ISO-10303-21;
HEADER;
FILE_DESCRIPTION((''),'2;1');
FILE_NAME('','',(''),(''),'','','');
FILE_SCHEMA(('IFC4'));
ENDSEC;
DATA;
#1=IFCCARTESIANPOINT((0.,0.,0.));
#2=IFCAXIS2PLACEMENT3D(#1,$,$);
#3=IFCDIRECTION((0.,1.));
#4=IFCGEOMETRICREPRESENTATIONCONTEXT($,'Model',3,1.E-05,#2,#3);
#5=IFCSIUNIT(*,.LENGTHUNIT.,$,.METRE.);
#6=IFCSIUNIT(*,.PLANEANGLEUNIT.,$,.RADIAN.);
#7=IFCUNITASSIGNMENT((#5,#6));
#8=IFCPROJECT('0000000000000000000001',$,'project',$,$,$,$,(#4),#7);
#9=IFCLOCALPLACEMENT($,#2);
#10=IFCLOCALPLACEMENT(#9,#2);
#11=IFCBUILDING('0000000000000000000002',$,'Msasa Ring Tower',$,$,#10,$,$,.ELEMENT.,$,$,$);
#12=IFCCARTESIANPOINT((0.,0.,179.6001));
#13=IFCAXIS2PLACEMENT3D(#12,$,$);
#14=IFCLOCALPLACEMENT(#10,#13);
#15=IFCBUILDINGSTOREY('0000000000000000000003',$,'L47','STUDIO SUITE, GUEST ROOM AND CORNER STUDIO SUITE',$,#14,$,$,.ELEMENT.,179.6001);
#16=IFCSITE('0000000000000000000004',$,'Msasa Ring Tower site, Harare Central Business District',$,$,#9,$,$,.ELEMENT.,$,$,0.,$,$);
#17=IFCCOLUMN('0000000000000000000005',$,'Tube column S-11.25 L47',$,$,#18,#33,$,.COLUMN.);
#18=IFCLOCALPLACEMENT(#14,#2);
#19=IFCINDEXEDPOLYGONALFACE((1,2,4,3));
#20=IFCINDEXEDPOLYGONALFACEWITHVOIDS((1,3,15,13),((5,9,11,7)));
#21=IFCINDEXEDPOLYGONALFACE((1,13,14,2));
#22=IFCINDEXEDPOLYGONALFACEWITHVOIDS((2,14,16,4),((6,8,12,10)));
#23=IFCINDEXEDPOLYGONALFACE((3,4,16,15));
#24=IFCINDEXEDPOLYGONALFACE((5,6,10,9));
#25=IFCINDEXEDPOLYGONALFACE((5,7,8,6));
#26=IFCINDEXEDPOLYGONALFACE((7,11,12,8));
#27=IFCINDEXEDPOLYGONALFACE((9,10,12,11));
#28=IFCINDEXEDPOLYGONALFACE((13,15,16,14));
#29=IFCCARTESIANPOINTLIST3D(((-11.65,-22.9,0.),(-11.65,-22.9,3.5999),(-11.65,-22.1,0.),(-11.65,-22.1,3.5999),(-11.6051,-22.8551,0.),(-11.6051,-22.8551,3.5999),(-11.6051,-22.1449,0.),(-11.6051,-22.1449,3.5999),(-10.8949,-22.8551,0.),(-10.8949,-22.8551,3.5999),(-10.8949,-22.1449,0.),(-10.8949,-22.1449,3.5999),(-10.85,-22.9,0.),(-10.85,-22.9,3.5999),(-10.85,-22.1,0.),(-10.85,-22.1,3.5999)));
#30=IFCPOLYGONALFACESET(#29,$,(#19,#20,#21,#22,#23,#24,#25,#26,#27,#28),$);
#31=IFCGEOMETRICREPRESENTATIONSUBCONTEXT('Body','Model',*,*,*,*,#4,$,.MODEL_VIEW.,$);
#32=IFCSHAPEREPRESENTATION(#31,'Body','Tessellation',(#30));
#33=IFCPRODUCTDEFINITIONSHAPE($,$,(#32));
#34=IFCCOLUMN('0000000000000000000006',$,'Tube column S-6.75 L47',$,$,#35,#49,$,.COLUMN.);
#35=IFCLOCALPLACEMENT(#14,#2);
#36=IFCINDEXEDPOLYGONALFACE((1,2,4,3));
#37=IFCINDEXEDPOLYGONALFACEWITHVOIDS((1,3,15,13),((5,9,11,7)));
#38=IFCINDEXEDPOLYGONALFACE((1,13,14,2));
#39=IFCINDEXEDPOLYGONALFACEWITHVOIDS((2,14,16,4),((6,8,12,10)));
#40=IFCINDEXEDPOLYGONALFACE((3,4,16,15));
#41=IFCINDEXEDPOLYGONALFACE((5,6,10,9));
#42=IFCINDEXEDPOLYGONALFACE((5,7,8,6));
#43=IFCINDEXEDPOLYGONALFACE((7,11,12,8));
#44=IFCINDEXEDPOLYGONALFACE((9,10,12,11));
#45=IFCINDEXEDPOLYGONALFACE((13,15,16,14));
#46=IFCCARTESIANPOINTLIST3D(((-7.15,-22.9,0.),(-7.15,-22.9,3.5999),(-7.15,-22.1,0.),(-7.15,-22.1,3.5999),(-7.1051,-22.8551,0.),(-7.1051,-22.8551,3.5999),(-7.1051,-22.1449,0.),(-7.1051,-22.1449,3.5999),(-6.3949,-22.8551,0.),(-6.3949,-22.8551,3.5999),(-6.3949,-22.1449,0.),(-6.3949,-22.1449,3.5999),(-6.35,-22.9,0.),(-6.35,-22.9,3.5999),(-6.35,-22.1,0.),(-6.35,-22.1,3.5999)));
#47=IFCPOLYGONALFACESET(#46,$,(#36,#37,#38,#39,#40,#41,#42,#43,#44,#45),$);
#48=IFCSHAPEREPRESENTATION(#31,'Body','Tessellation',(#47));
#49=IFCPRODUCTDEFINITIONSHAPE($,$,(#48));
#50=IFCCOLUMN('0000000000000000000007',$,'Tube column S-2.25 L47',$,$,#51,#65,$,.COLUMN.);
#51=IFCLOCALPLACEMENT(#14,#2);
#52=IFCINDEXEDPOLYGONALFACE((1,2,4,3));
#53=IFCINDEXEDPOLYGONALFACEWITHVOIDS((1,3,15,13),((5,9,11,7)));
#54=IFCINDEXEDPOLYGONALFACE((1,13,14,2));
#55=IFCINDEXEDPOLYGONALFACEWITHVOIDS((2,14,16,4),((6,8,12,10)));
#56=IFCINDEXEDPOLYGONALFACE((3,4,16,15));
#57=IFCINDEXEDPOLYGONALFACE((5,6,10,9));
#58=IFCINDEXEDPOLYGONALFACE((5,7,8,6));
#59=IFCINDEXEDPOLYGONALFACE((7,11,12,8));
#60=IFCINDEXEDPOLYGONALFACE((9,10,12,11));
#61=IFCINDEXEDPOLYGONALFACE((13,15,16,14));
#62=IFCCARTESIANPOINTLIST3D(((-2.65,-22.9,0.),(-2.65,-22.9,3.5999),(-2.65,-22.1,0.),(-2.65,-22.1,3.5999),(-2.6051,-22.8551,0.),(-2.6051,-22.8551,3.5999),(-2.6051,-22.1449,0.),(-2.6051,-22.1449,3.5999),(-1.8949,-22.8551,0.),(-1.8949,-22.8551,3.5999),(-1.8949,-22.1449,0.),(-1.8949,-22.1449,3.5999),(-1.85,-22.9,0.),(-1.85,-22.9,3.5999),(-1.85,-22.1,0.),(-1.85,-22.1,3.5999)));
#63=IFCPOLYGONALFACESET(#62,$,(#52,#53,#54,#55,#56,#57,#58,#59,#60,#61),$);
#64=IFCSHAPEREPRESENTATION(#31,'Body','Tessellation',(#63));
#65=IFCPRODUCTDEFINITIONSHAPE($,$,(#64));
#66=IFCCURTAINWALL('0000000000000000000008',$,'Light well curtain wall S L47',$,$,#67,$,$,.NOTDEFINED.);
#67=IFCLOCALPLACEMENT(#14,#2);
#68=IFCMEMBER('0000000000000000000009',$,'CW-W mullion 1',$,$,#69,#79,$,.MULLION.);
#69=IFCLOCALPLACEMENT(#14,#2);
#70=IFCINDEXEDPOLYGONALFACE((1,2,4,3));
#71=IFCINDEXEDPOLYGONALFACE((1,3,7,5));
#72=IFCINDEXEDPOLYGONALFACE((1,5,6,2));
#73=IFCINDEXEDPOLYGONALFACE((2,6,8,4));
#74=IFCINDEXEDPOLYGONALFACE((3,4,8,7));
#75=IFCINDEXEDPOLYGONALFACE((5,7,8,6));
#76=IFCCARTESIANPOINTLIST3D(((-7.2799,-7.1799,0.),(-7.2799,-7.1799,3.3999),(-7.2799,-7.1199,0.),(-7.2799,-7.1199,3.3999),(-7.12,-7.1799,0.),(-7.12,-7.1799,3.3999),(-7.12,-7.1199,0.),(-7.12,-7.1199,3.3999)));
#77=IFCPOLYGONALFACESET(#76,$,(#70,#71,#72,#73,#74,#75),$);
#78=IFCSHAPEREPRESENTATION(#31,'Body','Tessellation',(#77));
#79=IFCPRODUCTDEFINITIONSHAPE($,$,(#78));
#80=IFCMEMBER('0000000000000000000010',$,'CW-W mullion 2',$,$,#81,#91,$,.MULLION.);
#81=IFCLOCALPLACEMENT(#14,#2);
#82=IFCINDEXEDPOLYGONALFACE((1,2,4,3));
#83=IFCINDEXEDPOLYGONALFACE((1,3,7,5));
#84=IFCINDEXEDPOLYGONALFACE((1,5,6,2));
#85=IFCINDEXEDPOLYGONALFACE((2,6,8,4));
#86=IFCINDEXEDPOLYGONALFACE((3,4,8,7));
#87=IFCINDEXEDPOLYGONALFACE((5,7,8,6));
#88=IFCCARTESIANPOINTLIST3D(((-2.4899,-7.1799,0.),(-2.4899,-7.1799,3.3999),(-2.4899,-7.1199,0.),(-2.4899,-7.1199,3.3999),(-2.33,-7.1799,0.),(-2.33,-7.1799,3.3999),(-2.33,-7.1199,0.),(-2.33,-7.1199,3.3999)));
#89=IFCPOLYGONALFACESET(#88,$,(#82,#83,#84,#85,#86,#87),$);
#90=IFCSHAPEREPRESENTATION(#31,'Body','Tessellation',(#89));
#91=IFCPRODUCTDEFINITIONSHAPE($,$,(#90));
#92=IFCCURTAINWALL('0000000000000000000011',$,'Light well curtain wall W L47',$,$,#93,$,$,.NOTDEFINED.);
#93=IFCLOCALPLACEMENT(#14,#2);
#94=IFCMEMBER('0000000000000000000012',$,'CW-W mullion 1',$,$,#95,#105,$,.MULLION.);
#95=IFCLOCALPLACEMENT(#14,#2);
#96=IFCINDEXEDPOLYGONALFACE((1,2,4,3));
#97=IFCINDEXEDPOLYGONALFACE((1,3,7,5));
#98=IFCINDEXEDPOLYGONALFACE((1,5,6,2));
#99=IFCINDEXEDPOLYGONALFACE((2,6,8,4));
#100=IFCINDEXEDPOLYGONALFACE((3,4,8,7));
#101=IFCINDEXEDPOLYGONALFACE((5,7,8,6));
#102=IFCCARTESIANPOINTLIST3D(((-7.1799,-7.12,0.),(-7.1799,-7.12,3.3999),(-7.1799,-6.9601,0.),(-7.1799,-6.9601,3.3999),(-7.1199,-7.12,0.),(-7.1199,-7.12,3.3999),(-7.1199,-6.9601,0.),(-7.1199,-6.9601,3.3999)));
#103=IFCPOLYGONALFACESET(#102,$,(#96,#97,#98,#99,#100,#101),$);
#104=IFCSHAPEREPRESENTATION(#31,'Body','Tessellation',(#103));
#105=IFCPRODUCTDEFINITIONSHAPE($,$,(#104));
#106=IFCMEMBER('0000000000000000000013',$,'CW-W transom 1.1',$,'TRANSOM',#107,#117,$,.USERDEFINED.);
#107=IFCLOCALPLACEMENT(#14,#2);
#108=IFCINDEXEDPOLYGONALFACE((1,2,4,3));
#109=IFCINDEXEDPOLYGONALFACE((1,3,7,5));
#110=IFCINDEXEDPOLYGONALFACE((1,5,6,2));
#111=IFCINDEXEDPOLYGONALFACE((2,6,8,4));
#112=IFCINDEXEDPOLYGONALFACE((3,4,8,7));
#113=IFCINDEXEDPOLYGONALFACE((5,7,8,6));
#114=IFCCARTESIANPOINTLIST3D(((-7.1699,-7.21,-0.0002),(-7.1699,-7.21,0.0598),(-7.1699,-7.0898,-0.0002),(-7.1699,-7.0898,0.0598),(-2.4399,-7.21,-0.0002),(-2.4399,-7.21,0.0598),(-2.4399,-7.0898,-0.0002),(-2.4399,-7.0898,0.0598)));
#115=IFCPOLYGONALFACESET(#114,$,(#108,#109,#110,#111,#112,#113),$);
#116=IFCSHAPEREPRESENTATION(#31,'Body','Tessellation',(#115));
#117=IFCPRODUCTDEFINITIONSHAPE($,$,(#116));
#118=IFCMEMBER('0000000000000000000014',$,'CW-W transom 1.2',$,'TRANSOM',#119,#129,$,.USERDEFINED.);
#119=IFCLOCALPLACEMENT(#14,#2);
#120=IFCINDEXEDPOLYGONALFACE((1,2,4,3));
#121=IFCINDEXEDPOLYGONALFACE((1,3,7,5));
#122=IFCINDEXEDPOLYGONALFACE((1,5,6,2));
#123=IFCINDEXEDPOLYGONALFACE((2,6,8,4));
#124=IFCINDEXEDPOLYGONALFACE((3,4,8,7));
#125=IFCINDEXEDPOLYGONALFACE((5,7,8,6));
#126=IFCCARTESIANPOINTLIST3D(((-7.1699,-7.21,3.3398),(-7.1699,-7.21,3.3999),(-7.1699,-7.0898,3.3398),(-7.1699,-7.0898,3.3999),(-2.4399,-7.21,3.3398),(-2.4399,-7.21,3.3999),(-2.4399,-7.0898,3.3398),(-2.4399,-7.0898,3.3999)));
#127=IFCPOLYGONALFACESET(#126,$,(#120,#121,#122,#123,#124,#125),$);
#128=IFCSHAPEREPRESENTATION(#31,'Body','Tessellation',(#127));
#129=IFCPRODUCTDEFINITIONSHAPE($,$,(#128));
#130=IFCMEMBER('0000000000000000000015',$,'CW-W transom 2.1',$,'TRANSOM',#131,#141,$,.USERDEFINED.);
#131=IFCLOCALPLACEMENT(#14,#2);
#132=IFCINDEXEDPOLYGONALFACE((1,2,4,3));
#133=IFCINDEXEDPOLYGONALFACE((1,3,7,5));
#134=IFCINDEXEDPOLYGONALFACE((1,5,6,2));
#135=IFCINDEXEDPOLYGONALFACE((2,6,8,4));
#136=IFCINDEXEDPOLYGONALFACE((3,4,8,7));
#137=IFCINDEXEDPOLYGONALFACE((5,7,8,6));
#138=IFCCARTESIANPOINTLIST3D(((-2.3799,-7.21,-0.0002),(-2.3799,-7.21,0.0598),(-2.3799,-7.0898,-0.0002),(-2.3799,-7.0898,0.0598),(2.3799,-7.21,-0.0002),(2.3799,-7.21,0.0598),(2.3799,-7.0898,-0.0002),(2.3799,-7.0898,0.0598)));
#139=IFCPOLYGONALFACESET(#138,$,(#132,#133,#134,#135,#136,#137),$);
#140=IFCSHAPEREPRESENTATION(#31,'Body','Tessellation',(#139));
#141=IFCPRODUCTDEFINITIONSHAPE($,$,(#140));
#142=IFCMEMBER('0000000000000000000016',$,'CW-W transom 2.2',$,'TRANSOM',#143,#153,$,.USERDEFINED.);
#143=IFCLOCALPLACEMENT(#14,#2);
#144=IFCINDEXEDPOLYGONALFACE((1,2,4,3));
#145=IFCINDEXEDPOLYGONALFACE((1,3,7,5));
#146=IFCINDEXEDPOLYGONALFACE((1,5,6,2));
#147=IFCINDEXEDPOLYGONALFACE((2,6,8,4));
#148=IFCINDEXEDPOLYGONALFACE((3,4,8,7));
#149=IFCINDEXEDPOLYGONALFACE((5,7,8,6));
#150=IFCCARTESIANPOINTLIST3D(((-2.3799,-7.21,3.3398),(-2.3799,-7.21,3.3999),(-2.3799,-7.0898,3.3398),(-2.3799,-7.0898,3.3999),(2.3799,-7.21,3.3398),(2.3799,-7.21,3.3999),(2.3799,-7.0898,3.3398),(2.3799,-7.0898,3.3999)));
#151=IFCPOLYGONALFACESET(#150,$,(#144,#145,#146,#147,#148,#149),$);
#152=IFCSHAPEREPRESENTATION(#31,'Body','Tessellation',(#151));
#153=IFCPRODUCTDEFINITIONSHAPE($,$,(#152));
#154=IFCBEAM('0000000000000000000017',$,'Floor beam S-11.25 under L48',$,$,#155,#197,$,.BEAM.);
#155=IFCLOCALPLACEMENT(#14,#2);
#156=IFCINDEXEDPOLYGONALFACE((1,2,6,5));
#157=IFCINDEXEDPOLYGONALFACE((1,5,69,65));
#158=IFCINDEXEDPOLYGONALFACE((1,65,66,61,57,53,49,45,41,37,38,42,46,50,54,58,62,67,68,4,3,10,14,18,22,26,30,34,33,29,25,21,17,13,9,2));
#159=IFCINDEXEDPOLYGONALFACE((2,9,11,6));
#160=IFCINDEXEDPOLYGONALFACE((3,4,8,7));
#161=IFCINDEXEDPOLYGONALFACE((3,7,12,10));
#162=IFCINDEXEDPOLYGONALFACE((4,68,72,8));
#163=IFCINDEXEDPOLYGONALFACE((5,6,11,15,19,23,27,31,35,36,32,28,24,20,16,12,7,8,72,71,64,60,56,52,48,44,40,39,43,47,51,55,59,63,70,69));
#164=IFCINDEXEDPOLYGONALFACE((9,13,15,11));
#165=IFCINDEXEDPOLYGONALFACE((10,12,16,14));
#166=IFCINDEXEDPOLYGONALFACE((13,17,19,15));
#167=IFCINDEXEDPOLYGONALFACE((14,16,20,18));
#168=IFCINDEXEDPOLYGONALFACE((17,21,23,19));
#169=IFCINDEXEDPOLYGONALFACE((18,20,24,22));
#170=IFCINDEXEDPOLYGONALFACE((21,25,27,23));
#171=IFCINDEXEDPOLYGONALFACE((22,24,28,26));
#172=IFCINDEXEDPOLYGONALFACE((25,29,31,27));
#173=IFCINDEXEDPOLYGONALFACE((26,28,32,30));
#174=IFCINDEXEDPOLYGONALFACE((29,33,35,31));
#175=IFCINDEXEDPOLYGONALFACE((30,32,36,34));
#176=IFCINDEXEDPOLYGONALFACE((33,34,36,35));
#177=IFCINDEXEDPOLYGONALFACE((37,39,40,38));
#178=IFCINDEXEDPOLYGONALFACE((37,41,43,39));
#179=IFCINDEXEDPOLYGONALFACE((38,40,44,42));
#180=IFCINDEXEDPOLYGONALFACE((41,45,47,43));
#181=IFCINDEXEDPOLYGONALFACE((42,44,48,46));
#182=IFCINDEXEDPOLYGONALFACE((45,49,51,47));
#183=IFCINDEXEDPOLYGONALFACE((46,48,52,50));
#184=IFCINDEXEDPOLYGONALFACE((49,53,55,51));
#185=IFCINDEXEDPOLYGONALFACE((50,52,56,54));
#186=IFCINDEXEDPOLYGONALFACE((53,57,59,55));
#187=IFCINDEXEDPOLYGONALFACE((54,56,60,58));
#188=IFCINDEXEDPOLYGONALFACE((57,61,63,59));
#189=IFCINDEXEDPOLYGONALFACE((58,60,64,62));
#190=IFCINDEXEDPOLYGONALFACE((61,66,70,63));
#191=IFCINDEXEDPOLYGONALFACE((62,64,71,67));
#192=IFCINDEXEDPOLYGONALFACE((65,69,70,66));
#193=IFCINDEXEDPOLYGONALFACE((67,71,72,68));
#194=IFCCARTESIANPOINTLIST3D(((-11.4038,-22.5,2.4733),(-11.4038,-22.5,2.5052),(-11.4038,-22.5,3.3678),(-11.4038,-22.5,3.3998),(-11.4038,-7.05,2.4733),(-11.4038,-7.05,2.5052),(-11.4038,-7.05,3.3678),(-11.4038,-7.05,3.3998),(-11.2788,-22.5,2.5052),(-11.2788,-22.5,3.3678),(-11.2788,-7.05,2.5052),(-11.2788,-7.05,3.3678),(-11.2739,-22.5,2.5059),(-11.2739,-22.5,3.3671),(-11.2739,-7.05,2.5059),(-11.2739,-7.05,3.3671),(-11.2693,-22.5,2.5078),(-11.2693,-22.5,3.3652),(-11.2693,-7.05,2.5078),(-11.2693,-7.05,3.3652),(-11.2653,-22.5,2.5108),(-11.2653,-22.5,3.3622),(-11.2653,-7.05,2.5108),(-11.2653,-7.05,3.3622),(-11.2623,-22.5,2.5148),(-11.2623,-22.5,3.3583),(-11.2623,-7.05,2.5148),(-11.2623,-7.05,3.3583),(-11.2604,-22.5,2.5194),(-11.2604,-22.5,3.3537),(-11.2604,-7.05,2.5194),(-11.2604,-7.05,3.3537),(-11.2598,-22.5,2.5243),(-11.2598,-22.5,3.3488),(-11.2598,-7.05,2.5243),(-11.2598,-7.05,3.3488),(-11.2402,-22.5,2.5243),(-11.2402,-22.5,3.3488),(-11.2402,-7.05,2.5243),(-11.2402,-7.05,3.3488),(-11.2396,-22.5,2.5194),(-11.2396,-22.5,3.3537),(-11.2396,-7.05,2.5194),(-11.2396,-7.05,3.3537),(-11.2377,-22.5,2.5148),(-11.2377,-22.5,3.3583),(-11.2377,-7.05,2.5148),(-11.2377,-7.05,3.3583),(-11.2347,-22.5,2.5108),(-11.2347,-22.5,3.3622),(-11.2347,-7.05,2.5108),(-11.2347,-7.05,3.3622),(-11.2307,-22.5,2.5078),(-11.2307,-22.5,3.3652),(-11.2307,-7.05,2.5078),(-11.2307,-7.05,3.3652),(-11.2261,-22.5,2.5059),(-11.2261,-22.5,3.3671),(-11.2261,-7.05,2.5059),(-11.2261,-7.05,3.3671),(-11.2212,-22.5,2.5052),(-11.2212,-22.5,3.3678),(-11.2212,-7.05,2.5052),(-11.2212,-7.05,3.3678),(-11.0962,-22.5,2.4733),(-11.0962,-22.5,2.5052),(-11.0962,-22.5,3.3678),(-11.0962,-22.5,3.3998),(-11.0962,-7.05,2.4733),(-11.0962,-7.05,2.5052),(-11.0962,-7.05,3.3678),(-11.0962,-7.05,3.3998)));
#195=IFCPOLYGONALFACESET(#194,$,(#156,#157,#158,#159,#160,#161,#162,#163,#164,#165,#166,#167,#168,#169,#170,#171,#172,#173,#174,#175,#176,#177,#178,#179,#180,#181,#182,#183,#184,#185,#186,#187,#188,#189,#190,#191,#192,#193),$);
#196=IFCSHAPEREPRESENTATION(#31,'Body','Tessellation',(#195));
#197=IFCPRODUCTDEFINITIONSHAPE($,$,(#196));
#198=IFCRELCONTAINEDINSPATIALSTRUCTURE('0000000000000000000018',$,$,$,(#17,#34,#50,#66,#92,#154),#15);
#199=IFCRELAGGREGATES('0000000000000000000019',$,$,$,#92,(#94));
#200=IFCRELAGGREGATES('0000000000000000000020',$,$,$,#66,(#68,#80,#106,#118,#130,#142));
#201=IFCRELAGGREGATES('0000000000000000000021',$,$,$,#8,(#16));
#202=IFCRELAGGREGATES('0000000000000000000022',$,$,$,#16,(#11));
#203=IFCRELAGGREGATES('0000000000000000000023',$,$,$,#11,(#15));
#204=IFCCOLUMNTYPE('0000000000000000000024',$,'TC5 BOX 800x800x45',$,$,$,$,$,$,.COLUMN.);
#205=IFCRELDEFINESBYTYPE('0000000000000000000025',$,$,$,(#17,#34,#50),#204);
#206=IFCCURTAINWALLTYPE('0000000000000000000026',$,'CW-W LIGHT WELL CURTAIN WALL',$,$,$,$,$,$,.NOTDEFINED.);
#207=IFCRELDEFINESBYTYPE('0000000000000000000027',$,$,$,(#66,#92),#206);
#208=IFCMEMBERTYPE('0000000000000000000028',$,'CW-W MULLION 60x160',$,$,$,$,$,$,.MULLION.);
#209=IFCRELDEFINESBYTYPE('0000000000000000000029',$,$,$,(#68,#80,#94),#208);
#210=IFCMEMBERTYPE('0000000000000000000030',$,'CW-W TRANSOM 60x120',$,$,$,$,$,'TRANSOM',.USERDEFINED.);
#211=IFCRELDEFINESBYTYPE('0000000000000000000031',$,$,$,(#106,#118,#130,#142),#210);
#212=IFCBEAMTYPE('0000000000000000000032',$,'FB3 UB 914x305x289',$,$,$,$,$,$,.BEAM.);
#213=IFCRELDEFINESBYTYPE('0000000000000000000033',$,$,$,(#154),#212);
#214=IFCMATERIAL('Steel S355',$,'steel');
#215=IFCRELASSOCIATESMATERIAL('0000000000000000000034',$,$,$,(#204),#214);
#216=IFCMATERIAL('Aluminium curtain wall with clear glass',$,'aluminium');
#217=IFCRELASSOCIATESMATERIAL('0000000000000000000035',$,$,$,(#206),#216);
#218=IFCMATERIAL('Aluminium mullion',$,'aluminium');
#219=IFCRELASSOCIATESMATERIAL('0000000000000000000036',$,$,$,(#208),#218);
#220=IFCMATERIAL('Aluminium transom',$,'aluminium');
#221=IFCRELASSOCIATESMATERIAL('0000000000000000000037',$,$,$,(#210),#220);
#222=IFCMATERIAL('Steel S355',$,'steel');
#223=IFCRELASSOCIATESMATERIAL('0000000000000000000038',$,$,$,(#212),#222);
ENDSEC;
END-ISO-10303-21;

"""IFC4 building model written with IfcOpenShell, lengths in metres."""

from ifc_helpers import new_model, si_unit, direction, frame, origin, origin_2d, place, context, subcontext, project, spatial, rectangle, hollow_rectangle, i_section, extrude, material, material_profile, profile_set, type_object, element, aggregate, save


model = new_model("IFC4")

# Units and contexts
model_context = context("Model", 3, precision=1e-05, world=origin(), true_north=direction((0.0, 1.0)))
body_context = subcontext(model_context, "Body", "Model", "MODEL_VIEW")
ifc_project = project(units=[si_unit("LENGTHUNIT", "METRE"), si_unit("PLANEANGLEUNIT", "RADIAN")], contexts=[model_context])

# Site, building, storey
site_placement = place(None, origin())
site = spatial("IfcSite", under=ifc_project, at=site_placement, Name="Msasa Ring Tower site, Harare Central Business District", CompositionType="ELEMENT", RefElevation=0.0)
building_placement = place(site_placement, origin())
building = spatial("IfcBuilding", under=site, at=building_placement, Name="Msasa Ring Tower", CompositionType="ELEMENT")
storey_placement = place(building_placement, frame((0.0, 0.0, 179.6001)))
storey = spatial("IfcBuildingStorey", under=building, at=storey_placement, Name="L47", Description="STUDIO SUITE, GUEST ROOM AND CORNER STUDIO SUITE", CompositionType="ELEMENT", Elevation=179.6001)

# Columns
ifc_material_1 = material(Name="Steel S355", Category="steel")
ifc_material_profile_1 = material_profile(ifc_material_1, hollow_rectangle(XDim=0.8, YDim=0.8, WallThickness=0.0449, at=origin_2d()), Name="BOX 800x800x45")
ifc_profile_set_1 = profile_set([ifc_material_profile_1], Name="Steel S355")
column_type = type_object("IfcColumnType", Name="TC5 BOX 800x800x45", PredefinedType="COLUMN", material=ifc_profile_set_1)
for number, where, z_axis, x_axis, name in (
    (1, (-11.25, -22.5, 0.0), (0.0, 0.0, 1.0), (0.0, 1.0, 0.0), "Tube column S-11.25 L47"),
    (2, (-6.75, -22.5, 0.0), (0.0, 0.0, 1.0), (0.0, 1.0, 0.0), "Tube column S-6.75 L47"),
    (3, (-2.25, -22.5, 0.0), (0.0, 0.0, 1.0), (0.0, 1.0, 0.0), "Tube column S-2.25 L47"),
):
    element("IfcColumn", number, at=place(storey_placement, frame(where, z_axis=z_axis, x_axis=x_axis)), inside=storey, type_object=column_type, Name=name, PredefinedType="COLUMN", context=body_context, shape_type="SweptSolid", body=[
        extrude(hollow_rectangle(XDim=0.8, YDim=0.8, WallThickness=0.0449, at=origin_2d()), origin(), (0.0, 0.0, 1.0), 3.5999),
    ])

# Curtain wall, members
ifc_material_2 = material(Name="Aluminium curtain wall with clear glass", Category="aluminium")
curtain_wall_type = type_object("IfcCurtainWallType", Name="CW-W LIGHT WELL CURTAIN WALL", PredefinedType="NOTDEFINED", material=ifc_material_2)
curtain_wall_1_placement = place(storey_placement, origin())
curtain_wall_1 = element("IfcCurtainWall", 4, at=curtain_wall_1_placement, inside=storey, type_object=curtain_wall_type, Name="Light well curtain wall S L47", PredefinedType="NOTDEFINED")
ifc_material_3 = material(Name="Aluminium mullion", Category="aluminium")
ifc_material_profile_2 = material_profile(ifc_material_3, rectangle(XDim=0.0601, YDim=0.1599, at=origin_2d()), Name="AL 60x160")
ifc_profile_set_2 = profile_set([ifc_material_profile_2], Name="Aluminium mullion")
member_type_1 = type_object("IfcMemberType", Name="CW-W MULLION 60x160", PredefinedType="MULLION", material=ifc_profile_set_2)
member_1_placement = place(storey_placement, frame((-7.2, -7.1499, 0.0), z_axis=(0.0, 0.0, 1.0), x_axis=(0.0, 1.0, 0.0)))
member_1 = element("IfcMember", 5, at=member_1_placement, type_object=member_type_1, Name="CW-W mullion 1", PredefinedType="MULLION", context=body_context, shape_type="SweptSolid", body=[
    extrude(rectangle(XDim=0.0601, YDim=0.1599, at=origin_2d()), origin(), (0.0, 0.0, 1.0), 3.3999),
])
member_2_placement = place(storey_placement, frame((-2.4099, -7.1499, 0.0), z_axis=(0.0, 0.0, 1.0), x_axis=(0.0, 1.0, 0.0)))
member_2 = element("IfcMember", 6, at=member_2_placement, type_object=member_type_1, Name="CW-W mullion 2", PredefinedType="MULLION", context=body_context, shape_type="SweptSolid", body=[
    extrude(rectangle(XDim=0.0601, YDim=0.1599, at=origin_2d()), origin(), (0.0, 0.0, 1.0), 3.3999),
])

# Curtain wall, member
curtain_wall_2_placement = place(storey_placement, origin())
curtain_wall_2 = element("IfcCurtainWall", 7, at=curtain_wall_2_placement, inside=storey, type_object=curtain_wall_type, Name="Light well curtain wall W L47", PredefinedType="NOTDEFINED")
member_3_placement = place(storey_placement, frame((-7.1499, -7.04, 0.0), z_axis=(0.0, 0.0, 1.0), x_axis=(-1.0, 0.0, 0.0)))
member_3 = element("IfcMember", 8, at=member_3_placement, type_object=member_type_1, Name="CW-W mullion 1", PredefinedType="MULLION", context=body_context, shape_type="SweptSolid", body=[
    extrude(rectangle(XDim=0.0601, YDim=0.1599, at=origin_2d()), origin(), (0.0, 0.0, 1.0), 3.3999),
])
aggregate(curtain_wall_2, [member_3])

# Members
ifc_material_4 = material(Name="Aluminium transom", Category="aluminium")
ifc_material_profile_3 = material_profile(ifc_material_4, rectangle(XDim=0.1201, YDim=0.0601, at=origin_2d()), Name="AL 60x120")
ifc_profile_set_3 = profile_set([ifc_material_profile_3], Name="Aluminium transom")
member_type_2 = type_object("IfcMemberType", Name="CW-W TRANSOM 60x120", ElementType="TRANSOM", PredefinedType="USERDEFINED", material=ifc_profile_set_3)
member_4_placement = place(storey_placement, frame((-7.1699, -7.1499, 0.0298), z_axis=(1.0, 0.0, 0.0), x_axis=(0.0, 1.0, 0.0)))
member_4 = element("IfcMember", 9, at=member_4_placement, type_object=member_type_2, Name="CW-W transom 1.1", ObjectType="TRANSOM", PredefinedType="USERDEFINED", context=body_context, shape_type="SweptSolid", body=[
    extrude(rectangle(XDim=0.1201, YDim=0.0601, at=origin_2d()), origin(), (0.0, 0.0, 1.0), 4.73),
])
member_5_placement = place(storey_placement, frame((-7.1699, -7.1499, 3.3699), z_axis=(1.0, 0.0, 0.0), x_axis=(0.0, 1.0, 0.0)))
member_5 = element("IfcMember", 10, at=member_5_placement, type_object=member_type_2, Name="CW-W transom 1.2", ObjectType="TRANSOM", PredefinedType="USERDEFINED", context=body_context, shape_type="SweptSolid", body=[
    extrude(rectangle(XDim=0.1201, YDim=0.0601, at=origin_2d()), origin(), (0.0, 0.0, 1.0), 4.73),
])
member_6_placement = place(storey_placement, frame((-2.3799, -7.1499, 0.0298), z_axis=(1.0, 0.0, 0.0), x_axis=(0.0, 1.0, 0.0)))
member_6 = element("IfcMember", 11, at=member_6_placement, type_object=member_type_2, Name="CW-W transom 2.1", ObjectType="TRANSOM", PredefinedType="USERDEFINED", context=body_context, shape_type="SweptSolid", body=[
    extrude(rectangle(XDim=0.1201, YDim=0.0601, at=origin_2d()), origin(), (0.0, 0.0, 1.0), 4.7598),
])
member_7_placement = place(storey_placement, frame((-2.3799, -7.1499, 3.3699), z_axis=(1.0, 0.0, 0.0), x_axis=(0.0, 1.0, 0.0)))
member_7 = element("IfcMember", 12, at=member_7_placement, type_object=member_type_2, Name="CW-W transom 2.2", ObjectType="TRANSOM", PredefinedType="USERDEFINED", context=body_context, shape_type="SweptSolid", body=[
    extrude(rectangle(XDim=0.1201, YDim=0.0601, at=origin_2d()), origin(), (0.0, 0.0, 1.0), 4.7598),
])

# Beam
ifc_material_5 = material(Name="Steel S355", Category="steel")
ifc_material_profile_4 = material_profile(ifc_material_5, i_section(OverallWidth=0.3076, OverallDepth=0.9265, WebThickness=0.0195, FlangeThickness=0.032, FilletRadius=0.019, at=origin_2d()), Name="UB 914x305x289")
ifc_profile_set_4 = profile_set([ifc_material_profile_4], Name="Steel S355")
beam_type_1 = type_object("IfcBeamType", Name="FB3 UB 914x305x289", PredefinedType="BEAM", material=ifc_profile_set_4)
beam_placement = place(storey_placement, frame((-11.25, -22.5, 2.9365), z_axis=(0.0, 1.0, 0.0), x_axis=(-1.0, 0.0, 0.0)))
element("IfcBeam", 13, at=beam_placement, inside=storey, type_object=beam_type_1, Name="Floor beam S-11.25 under L48", PredefinedType="BEAM", context=body_context, shape_type="SweptSolid", body=[
    extrude(i_section(OverallWidth=0.3076, OverallDepth=0.9265, WebThickness=0.0195, FlangeThickness=0.032, FilletRadius=0.019, at=origin_2d()), origin(), (0.0, 0.0, 1.0), 15.45),
])

aggregate(curtain_wall_1, [member_1, member_2, member_4, member_5, member_6, member_7])

save(model, "model.ifc")
